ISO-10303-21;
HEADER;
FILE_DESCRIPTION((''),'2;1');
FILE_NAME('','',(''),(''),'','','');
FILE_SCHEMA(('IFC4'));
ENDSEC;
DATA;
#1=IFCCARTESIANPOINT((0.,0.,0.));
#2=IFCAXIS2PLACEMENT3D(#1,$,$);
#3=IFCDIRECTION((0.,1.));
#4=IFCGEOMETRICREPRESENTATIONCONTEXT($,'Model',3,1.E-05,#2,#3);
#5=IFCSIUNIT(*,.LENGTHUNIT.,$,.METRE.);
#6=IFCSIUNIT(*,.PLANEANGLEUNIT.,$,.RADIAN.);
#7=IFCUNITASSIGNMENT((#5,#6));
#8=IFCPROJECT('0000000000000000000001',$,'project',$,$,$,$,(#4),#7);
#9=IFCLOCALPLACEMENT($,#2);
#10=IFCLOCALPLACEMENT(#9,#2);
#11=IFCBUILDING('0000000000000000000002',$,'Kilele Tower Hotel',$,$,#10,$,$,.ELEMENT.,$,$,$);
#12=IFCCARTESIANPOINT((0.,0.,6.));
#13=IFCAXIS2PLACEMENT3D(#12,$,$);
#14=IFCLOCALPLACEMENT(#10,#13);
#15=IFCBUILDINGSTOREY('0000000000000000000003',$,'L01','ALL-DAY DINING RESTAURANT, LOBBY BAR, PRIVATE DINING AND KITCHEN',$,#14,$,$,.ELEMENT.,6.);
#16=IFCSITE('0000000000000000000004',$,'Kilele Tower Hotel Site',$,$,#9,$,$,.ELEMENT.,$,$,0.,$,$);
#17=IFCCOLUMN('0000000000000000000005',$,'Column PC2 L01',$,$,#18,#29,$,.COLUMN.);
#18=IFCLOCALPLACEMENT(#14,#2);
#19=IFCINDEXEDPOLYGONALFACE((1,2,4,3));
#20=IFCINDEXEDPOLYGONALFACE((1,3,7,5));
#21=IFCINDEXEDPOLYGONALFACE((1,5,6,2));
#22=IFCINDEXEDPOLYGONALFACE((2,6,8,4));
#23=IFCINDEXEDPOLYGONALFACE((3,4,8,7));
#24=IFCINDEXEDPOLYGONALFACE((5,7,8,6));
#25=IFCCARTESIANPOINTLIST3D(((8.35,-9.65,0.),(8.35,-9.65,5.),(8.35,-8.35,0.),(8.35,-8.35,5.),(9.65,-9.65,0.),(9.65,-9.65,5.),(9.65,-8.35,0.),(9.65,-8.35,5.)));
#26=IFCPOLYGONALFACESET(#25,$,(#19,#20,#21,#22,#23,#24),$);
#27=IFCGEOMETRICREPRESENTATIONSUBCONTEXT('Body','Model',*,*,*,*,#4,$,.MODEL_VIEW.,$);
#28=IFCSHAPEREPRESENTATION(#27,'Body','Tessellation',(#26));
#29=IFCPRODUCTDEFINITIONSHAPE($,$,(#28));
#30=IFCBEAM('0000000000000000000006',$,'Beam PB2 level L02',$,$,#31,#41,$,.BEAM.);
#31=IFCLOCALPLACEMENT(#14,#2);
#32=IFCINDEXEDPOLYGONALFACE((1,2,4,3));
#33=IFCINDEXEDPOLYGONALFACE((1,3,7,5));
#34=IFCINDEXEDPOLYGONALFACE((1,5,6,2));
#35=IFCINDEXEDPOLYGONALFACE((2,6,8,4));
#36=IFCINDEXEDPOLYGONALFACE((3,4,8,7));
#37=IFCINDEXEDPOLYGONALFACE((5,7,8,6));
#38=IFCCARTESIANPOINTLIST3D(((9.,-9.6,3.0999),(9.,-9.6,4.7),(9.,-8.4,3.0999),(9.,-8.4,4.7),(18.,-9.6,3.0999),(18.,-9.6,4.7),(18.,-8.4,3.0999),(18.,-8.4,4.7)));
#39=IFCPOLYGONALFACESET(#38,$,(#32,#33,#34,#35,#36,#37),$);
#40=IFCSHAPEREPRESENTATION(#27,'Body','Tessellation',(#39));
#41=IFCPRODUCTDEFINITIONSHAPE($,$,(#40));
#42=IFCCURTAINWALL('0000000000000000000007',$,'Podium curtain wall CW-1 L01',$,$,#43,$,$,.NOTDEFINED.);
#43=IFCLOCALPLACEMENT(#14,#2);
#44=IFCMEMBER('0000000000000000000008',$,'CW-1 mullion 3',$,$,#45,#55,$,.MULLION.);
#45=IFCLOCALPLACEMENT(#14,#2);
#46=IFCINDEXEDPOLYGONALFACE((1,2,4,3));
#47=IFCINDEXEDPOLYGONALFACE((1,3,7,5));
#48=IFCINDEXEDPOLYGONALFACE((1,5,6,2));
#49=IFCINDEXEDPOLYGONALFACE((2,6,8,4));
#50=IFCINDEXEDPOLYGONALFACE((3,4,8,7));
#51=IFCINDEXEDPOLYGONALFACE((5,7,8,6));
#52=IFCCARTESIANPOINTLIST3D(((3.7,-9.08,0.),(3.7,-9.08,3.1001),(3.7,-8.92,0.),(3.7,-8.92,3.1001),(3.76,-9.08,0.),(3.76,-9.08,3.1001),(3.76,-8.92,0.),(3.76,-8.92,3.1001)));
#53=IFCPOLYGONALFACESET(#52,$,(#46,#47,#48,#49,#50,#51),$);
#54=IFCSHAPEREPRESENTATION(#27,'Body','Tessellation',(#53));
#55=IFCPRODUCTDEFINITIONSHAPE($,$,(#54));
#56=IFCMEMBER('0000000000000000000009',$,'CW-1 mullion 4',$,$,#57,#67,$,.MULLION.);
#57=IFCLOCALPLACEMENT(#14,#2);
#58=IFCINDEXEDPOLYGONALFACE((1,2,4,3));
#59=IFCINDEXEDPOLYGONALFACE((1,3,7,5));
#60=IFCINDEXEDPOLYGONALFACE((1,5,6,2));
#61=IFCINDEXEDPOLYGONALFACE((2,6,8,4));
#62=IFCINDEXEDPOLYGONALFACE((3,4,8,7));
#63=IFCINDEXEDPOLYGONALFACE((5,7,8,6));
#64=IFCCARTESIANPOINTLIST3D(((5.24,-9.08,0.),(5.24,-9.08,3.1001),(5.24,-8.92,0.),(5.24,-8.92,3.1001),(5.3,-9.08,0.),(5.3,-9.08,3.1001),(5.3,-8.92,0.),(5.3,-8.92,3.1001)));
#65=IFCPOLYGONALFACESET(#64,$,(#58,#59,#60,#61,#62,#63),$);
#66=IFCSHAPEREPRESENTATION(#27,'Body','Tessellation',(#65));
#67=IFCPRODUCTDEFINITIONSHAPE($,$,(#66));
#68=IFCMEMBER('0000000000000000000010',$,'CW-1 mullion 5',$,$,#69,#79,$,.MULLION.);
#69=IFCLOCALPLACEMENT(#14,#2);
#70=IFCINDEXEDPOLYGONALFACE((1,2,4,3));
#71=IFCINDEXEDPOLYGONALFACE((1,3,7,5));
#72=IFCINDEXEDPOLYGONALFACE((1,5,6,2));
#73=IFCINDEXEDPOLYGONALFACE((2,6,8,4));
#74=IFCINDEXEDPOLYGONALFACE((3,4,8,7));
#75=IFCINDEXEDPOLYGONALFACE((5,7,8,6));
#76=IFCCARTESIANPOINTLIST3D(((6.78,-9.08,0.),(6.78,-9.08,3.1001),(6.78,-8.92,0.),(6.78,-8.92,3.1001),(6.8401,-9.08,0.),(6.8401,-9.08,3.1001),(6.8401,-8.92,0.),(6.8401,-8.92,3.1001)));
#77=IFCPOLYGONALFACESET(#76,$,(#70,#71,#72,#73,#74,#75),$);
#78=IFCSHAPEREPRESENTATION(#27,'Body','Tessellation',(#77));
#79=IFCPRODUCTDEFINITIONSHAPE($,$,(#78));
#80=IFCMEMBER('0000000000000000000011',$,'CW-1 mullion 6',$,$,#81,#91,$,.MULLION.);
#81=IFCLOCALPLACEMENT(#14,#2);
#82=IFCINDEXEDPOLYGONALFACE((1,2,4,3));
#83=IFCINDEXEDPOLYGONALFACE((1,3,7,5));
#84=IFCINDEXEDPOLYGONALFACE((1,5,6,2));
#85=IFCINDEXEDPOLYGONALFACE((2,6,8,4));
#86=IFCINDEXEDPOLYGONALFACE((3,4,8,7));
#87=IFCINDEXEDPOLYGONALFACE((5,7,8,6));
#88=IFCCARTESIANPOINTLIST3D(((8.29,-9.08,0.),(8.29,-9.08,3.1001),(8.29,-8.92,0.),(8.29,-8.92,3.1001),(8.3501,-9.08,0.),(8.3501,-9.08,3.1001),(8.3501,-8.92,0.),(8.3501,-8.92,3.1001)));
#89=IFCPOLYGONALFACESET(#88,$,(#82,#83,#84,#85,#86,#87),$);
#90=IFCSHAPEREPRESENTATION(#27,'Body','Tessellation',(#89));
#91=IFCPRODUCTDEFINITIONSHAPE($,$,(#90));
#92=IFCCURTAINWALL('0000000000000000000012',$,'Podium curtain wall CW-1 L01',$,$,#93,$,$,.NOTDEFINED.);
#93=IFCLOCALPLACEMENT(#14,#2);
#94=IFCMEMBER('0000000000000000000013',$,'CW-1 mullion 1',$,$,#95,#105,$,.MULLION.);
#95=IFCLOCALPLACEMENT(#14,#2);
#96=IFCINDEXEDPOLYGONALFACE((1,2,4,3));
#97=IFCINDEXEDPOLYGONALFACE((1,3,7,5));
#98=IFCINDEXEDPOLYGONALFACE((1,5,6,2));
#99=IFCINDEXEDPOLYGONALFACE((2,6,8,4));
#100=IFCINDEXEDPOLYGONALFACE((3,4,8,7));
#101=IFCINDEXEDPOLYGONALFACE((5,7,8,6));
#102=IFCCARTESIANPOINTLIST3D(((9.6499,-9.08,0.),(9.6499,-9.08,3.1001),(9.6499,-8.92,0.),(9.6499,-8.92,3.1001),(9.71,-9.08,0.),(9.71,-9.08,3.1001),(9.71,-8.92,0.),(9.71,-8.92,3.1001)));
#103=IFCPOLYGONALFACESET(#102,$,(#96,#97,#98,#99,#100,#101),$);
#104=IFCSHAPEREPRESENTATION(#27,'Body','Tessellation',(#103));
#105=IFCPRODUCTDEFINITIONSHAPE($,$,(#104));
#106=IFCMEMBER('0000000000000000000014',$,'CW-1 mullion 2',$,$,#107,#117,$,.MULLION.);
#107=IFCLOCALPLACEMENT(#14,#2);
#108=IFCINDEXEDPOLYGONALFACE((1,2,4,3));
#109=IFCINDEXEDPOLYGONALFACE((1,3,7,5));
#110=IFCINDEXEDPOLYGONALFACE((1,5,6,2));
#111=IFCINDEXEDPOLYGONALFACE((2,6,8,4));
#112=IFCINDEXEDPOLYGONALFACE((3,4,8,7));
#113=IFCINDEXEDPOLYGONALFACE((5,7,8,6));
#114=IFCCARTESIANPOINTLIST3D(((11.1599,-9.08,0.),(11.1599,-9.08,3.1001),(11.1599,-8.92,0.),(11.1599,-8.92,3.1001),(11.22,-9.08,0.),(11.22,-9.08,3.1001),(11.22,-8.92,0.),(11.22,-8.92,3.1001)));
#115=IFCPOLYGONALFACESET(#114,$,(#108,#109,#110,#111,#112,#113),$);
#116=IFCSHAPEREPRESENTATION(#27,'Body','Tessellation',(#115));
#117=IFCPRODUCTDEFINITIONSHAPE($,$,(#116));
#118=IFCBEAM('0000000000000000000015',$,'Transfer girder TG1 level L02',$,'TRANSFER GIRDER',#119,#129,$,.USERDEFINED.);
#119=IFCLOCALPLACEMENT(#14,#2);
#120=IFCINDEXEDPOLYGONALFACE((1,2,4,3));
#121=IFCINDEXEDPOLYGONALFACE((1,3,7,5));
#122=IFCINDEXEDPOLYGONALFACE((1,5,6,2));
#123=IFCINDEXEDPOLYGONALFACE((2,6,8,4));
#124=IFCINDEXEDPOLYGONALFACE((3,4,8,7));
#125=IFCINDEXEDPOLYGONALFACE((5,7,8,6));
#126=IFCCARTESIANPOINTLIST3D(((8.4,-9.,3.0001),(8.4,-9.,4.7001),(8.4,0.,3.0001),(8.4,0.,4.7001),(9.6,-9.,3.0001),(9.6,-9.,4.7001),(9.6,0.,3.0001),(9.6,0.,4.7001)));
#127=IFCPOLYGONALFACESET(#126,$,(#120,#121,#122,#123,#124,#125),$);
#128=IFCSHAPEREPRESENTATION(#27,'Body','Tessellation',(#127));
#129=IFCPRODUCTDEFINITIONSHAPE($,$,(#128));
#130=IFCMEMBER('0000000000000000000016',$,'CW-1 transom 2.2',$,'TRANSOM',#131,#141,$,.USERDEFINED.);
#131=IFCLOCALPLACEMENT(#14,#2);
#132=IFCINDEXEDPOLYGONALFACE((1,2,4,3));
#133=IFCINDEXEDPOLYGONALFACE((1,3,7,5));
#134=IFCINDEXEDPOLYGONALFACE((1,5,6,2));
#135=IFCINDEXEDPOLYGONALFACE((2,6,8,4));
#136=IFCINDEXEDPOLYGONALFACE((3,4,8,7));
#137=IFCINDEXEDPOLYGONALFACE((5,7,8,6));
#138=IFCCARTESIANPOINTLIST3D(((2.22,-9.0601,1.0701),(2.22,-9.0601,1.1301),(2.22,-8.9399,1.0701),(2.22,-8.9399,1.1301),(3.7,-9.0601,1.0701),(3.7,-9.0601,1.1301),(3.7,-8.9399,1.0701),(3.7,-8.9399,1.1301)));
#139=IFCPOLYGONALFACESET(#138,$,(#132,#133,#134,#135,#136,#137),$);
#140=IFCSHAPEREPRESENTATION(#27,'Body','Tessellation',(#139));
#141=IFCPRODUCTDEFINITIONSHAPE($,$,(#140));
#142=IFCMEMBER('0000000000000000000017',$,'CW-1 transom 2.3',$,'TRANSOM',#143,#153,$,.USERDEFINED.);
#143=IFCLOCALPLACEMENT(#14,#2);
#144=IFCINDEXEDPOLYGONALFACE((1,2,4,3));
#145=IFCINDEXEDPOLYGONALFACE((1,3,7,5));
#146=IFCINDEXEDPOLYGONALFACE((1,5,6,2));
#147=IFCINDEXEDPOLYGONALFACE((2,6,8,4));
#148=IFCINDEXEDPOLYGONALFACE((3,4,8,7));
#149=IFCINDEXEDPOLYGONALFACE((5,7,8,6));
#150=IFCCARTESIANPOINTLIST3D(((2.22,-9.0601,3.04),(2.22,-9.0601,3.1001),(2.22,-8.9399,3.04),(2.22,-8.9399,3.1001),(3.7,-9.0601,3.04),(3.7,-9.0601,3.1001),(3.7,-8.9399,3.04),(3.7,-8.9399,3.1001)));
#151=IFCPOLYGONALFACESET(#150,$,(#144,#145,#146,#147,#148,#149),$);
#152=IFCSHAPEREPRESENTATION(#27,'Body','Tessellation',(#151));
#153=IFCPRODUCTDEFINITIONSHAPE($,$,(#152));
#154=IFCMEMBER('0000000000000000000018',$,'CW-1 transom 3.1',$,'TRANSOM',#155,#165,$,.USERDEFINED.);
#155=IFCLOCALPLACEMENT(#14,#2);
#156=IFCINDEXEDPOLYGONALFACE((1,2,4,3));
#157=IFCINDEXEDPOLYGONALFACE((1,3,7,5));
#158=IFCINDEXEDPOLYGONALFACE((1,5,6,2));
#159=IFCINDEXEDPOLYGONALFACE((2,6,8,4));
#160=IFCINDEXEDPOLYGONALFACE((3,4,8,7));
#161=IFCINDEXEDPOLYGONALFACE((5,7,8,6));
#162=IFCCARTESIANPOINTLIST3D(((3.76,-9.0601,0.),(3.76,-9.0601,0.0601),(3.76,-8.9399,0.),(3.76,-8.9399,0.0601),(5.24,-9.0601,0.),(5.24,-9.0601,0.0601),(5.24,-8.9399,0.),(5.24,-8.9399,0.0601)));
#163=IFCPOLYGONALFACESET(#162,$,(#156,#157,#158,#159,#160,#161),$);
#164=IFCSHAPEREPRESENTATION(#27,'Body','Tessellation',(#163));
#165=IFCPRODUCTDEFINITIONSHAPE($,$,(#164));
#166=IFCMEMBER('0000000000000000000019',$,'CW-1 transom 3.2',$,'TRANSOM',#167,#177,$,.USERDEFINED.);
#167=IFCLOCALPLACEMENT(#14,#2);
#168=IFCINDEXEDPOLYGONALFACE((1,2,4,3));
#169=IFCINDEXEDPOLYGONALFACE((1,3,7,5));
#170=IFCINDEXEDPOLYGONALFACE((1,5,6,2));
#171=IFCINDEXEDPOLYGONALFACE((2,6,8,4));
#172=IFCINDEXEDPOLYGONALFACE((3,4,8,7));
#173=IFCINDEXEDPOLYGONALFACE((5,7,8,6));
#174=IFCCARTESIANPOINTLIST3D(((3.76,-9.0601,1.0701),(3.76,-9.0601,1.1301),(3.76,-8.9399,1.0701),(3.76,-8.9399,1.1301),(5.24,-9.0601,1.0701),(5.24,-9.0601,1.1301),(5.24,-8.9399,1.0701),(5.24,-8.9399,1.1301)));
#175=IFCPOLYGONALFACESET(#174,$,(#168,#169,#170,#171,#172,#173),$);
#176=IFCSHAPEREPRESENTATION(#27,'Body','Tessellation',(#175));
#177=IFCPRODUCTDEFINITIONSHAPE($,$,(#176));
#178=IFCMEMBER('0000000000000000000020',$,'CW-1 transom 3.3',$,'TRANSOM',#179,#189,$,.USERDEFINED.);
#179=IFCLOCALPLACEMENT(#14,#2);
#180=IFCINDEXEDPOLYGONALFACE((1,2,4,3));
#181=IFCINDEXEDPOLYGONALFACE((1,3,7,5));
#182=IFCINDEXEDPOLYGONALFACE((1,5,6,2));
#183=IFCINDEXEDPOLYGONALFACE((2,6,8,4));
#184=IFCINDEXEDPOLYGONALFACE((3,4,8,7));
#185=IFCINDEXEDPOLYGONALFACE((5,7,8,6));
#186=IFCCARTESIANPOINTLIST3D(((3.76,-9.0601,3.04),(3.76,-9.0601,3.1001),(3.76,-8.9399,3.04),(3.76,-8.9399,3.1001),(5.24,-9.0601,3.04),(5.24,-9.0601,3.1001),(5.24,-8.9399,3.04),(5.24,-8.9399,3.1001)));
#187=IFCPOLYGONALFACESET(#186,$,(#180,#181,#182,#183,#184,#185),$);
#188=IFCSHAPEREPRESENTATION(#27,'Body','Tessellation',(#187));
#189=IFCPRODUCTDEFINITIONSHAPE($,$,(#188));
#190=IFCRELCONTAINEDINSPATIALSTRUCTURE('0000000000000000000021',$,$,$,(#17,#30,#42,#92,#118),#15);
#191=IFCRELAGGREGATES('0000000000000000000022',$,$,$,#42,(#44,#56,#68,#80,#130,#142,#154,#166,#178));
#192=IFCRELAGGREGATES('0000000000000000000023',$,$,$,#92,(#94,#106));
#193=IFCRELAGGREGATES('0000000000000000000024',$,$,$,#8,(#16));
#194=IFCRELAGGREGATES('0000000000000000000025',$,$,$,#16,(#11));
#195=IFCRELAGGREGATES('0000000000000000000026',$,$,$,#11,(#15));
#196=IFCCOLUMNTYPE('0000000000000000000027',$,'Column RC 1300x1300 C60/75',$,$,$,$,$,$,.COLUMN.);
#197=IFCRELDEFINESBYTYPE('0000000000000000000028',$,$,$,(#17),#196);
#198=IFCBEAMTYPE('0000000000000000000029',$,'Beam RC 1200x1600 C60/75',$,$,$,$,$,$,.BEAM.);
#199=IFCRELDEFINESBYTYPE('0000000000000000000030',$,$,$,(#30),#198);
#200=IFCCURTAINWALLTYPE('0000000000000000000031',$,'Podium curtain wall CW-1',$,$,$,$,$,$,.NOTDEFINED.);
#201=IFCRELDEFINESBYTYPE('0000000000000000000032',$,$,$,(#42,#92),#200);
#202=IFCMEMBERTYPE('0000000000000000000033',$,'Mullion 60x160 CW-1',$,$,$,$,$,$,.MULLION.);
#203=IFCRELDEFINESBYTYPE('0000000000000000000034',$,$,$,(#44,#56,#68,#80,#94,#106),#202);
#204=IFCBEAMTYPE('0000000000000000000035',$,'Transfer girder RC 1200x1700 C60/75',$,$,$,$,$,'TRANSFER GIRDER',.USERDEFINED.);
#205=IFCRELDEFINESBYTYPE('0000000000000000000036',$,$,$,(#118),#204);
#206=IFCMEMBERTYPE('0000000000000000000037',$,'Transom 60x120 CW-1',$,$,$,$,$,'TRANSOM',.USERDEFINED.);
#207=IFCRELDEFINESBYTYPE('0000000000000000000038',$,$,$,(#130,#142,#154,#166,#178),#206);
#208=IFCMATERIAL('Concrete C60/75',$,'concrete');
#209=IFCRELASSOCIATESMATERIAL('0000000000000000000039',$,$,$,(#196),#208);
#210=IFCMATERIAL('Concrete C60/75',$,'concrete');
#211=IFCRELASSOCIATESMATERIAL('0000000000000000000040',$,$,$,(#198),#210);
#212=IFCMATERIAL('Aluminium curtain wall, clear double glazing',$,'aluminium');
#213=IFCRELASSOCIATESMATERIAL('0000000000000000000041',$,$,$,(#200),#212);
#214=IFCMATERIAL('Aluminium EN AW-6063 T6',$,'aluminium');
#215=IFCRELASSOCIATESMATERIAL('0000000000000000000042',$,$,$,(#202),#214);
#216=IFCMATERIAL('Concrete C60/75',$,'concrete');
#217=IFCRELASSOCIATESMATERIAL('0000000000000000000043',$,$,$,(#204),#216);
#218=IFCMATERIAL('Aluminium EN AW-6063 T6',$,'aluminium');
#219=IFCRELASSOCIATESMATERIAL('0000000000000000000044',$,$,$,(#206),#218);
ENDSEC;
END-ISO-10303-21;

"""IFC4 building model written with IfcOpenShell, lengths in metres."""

from ifc_helpers import new_model, si_unit, direction, frame, origin, origin_2d, place, context, subcontext, project, spatial, rectangle, extrude, material, material_profile, profile_set, type_object, element, aggregate, save


model = new_model("IFC4")

# Units and contexts
model_context = context("Model", 3, precision=1e-05, world=origin(), true_north=direction((0.0, 1.0)))
body_context = subcontext(model_context, "Body", "Model", "MODEL_VIEW")
ifc_project = project(units=[si_unit("LENGTHUNIT", "METRE"), si_unit("PLANEANGLEUNIT", "RADIAN")], contexts=[model_context])

# Site, building, storey
site_placement = place(None, origin())
site = spatial("IfcSite", under=ifc_project, at=site_placement, Name="Kilele Tower Hotel Site", CompositionType="ELEMENT", RefElevation=0.0)
building_placement = place(site_placement, origin())
building = spatial("IfcBuilding", under=site, at=building_placement, Name="Kilele Tower Hotel", CompositionType="ELEMENT")
storey_placement = place(building_placement, frame((0.0, 0.0, 6.0)))
storey = spatial("IfcBuildingStorey", under=building, at=storey_placement, Name="L01", Description="ALL-DAY DINING RESTAURANT, LOBBY BAR, PRIVATE DINING AND KITCHEN", CompositionType="ELEMENT", Elevation=6.0)

# Column
ifc_material_1 = material(Name="Concrete C60/75", Category="concrete")
ifc_material_profile_1 = material_profile(ifc_material_1, rectangle(XDim=1.3, YDim=1.3, at=origin_2d()))
ifc_profile_set_1 = profile_set([ifc_material_profile_1], Name="Concrete C60/75")
column_type = type_object("IfcColumnType", Name="Column RC 1300x1300 C60/75", PredefinedType="COLUMN", material=ifc_profile_set_1)
column_placement = place(storey_placement, frame((9.0, -9.0, 0.0), z_axis=(0.0, 0.0, 1.0), x_axis=(1.0, 0.0, 0.0)))
element("IfcColumn", 1, at=column_placement, inside=storey, type_object=column_type, Name="Column PC2 L01", PredefinedType="COLUMN", context=body_context, shape_type="SweptSolid", body=[
    extrude(rectangle(XDim=1.3, YDim=1.3, at=origin_2d()), origin(), (0.0, 0.0, 1.0), 5.0),
])

# Beam
ifc_material_2 = material(Name="Concrete C60/75", Category="concrete")
ifc_material_profile_2 = material_profile(ifc_material_2, rectangle(XDim=1.2, YDim=1.6001, at=origin_2d()))
ifc_profile_set_2 = profile_set([ifc_material_profile_2], Name="Concrete C60/75")
beam_type_1 = type_object("IfcBeamType", Name="Beam RC 1200x1600 C60/75", PredefinedType="BEAM", material=ifc_profile_set_2)
beam_1_placement = place(storey_placement, frame((9.0, -9.0, 3.8999), z_axis=(1.0, 0.0, 0.0), x_axis=(0.0, 1.0, 0.0)))
element("IfcBeam", 2, at=beam_1_placement, inside=storey, type_object=beam_type_1, Name="Beam PB2 level L02", PredefinedType="BEAM", context=body_context, shape_type="SweptSolid", body=[
    extrude(rectangle(XDim=1.2, YDim=1.6001, at=origin_2d()), origin(), (0.0, 0.0, 1.0), 9.0),
])

# Curtain walls, members
ifc_material_3 = material(Name="Aluminium curtain wall, clear double glazing", Category="aluminium")
curtain_wall_type = type_object("IfcCurtainWallType", Name="Podium curtain wall CW-1", PredefinedType="NOTDEFINED", material=ifc_material_3)
curtain_wall_1_placement = place(storey_placement, origin())
curtain_wall_1 = element("IfcCurtainWall", 3, at=curtain_wall_1_placement, inside=storey, type_object=curtain_wall_type, Name="Podium curtain wall CW-1 L01", PredefinedType="NOTDEFINED")
ifc_material_4 = material(Name="Aluminium EN AW-6063 T6", Category="aluminium")
ifc_material_profile_3 = material_profile(ifc_material_4, rectangle(XDim=0.1599, YDim=0.0601, at=origin_2d()))
ifc_profile_set_3 = profile_set([ifc_material_profile_3], Name="Aluminium EN AW-6063 T6")
member_type_1 = type_object("IfcMemberType", Name="Mullion 60x160 CW-1", PredefinedType="MULLION", material=ifc_profile_set_3)
member_1_placement = place(storey_placement, frame((3.73, -9.0, 0.0), z_axis=(0.0, 0.0, 1.0), x_axis=(0.0, 1.0, 0.0)))
member_1 = element("IfcMember", 4, at=member_1_placement, type_object=member_type_1, Name="CW-1 mullion 3", PredefinedType="MULLION", context=body_context, shape_type="SweptSolid", body=[
    extrude(rectangle(XDim=0.1599, YDim=0.0601, at=origin_2d()), origin(), (0.0, 0.0, 1.0), 3.1001),
])
member_2_placement = place(storey_placement, frame((5.27, -9.0, 0.0), z_axis=(0.0, 0.0, 1.0), x_axis=(0.0, 1.0, 0.0)))
member_2 = element("IfcMember", 5, at=member_2_placement, type_object=member_type_1, Name="CW-1 mullion 4", PredefinedType="MULLION", context=body_context, shape_type="SweptSolid", body=[
    extrude(rectangle(XDim=0.1599, YDim=0.0601, at=origin_2d()), origin(), (0.0, 0.0, 1.0), 3.1001),
])
member_3_placement = place(storey_placement, frame((6.8101, -9.0, 0.0), z_axis=(0.0, 0.0, 1.0), x_axis=(0.0, 1.0, 0.0)))
member_3 = element("IfcMember", 6, at=member_3_placement, type_object=member_type_1, Name="CW-1 mullion 5", PredefinedType="MULLION", context=body_context, shape_type="SweptSolid", body=[
    extrude(rectangle(XDim=0.1599, YDim=0.0601, at=origin_2d()), origin(), (0.0, 0.0, 1.0), 3.1001),
])
member_4_placement = place(storey_placement, frame((8.3201, -9.0, 0.0), z_axis=(0.0, 0.0, 1.0), x_axis=(0.0, 1.0, 0.0)))
member_4 = element("IfcMember", 7, at=member_4_placement, type_object=member_type_1, Name="CW-1 mullion 6", PredefinedType="MULLION", context=body_context, shape_type="SweptSolid", body=[
    extrude(rectangle(XDim=0.1599, YDim=0.0601, at=origin_2d()), origin(), (0.0, 0.0, 1.0), 3.1001),
])
curtain_wall_2_placement = place(storey_placement, origin())
curtain_wall_2 = element("IfcCurtainWall", 8, at=curtain_wall_2_placement, inside=storey, type_object=curtain_wall_type, Name="Podium curtain wall CW-1 L01", PredefinedType="NOTDEFINED")
member_5_placement = place(storey_placement, frame((9.6799, -9.0, 0.0), z_axis=(0.0, 0.0, 1.0), x_axis=(0.0, 1.0, 0.0)))
member_5 = element("IfcMember", 9, at=member_5_placement, type_object=member_type_1, Name="CW-1 mullion 1", PredefinedType="MULLION", context=body_context, shape_type="SweptSolid", body=[
    extrude(rectangle(XDim=0.1599, YDim=0.0601, at=origin_2d()), origin(), (0.0, 0.0, 1.0), 3.1001),
])
member_6_placement = place(storey_placement, frame((11.1899, -9.0, 0.0), z_axis=(0.0, 0.0, 1.0), x_axis=(0.0, 1.0, 0.0)))
member_6 = element("IfcMember", 10, at=member_6_placement, type_object=member_type_1, Name="CW-1 mullion 2", PredefinedType="MULLION", context=body_context, shape_type="SweptSolid", body=[
    extrude(rectangle(XDim=0.1599, YDim=0.0601, at=origin_2d()), origin(), (0.0, 0.0, 1.0), 3.1001),
])

# Beam
ifc_material_5 = material(Name="Concrete C60/75", Category="concrete")
ifc_material_profile_4 = material_profile(ifc_material_5, rectangle(XDim=1.2, YDim=1.7, at=origin_2d()))
ifc_profile_set_4 = profile_set([ifc_material_profile_4], Name="Concrete C60/75")
beam_type_2 = type_object("IfcBeamType", Name="Transfer girder RC 1200x1700 C60/75", ElementType="TRANSFER GIRDER", PredefinedType="USERDEFINED", material=ifc_profile_set_4)
beam_2_placement = place(storey_placement, frame((9.0, -9.0, 3.8501), z_axis=(0.0, 1.0, 0.0), x_axis=(-1.0, 0.0, 0.0)))
element("IfcBeam", 11, at=beam_2_placement, inside=storey, type_object=beam_type_2, Name="Transfer girder TG1 level L02", ObjectType="TRANSFER GIRDER", PredefinedType="USERDEFINED", context=body_context, shape_type="SweptSolid", body=[
    extrude(rectangle(XDim=1.2, YDim=1.7, at=origin_2d()), origin(), (0.0, 0.0, 1.0), 9.0),
])

# Members
ifc_material_6 = material(Name="Aluminium EN AW-6063 T6", Category="aluminium")
ifc_material_profile_5 = material_profile(ifc_material_6, rectangle(XDim=0.1201, YDim=0.0601, at=origin_2d()))
ifc_profile_set_5 = profile_set([ifc_material_profile_5], Name="Aluminium EN AW-6063 T6")
member_type_2 = type_object("IfcMemberType", Name="Transom 60x120 CW-1", ElementType="TRANSOM", PredefinedType="USERDEFINED", material=ifc_profile_set_5)
member_7_placement = place(storey_placement, frame((2.22, -9.0, 1.1001), z_axis=(1.0, 0.0, 0.0), x_axis=(0.0, 1.0, 0.0)))
member_7 = element("IfcMember", 12, at=member_7_placement, type_object=member_type_2, Name="CW-1 transom 2.2", ObjectType="TRANSOM", PredefinedType="USERDEFINED", context=body_context, shape_type="SweptSolid", body=[
    extrude(rectangle(XDim=0.1201, YDim=0.0601, at=origin_2d()), origin(), (0.0, 0.0, 1.0), 1.48),
])
member_8_placement = place(storey_placement, frame((2.22, -9.0, 3.0701), z_axis=(1.0, 0.0, 0.0), x_axis=(0.0, 1.0, 0.0)))
member_8 = element("IfcMember", 13, at=member_8_placement, type_object=member_type_2, Name="CW-1 transom 2.3", ObjectType="TRANSOM", PredefinedType="USERDEFINED", context=body_context, shape_type="SweptSolid", body=[
    extrude(rectangle(XDim=0.1201, YDim=0.0601, at=origin_2d()), origin(), (0.0, 0.0, 1.0), 1.48),
])
member_9_placement = place(storey_placement, frame((3.76, -9.0, 0.03), z_axis=(1.0, 0.0, 0.0), x_axis=(0.0, 1.0, 0.0)))
member_9 = element("IfcMember", 14, at=member_9_placement, type_object=member_type_2, Name="CW-1 transom 3.1", ObjectType="TRANSOM", PredefinedType="USERDEFINED", context=body_context, shape_type="SweptSolid", body=[
    extrude(rectangle(XDim=0.1201, YDim=0.0601, at=origin_2d()), origin(), (0.0, 0.0, 1.0), 1.48),
])
member_10_placement = place(storey_placement, frame((3.76, -9.0, 1.1001), z_axis=(1.0, 0.0, 0.0), x_axis=(0.0, 1.0, 0.0)))
member_10 = element("IfcMember", 15, at=member_10_placement, type_object=member_type_2, Name="CW-1 transom 3.2", ObjectType="TRANSOM", PredefinedType="USERDEFINED", context=body_context, shape_type="SweptSolid", body=[
    extrude(rectangle(XDim=0.1201, YDim=0.0601, at=origin_2d()), origin(), (0.0, 0.0, 1.0), 1.48),
])
member_11_placement = place(storey_placement, frame((3.76, -9.0, 3.0701), z_axis=(1.0, 0.0, 0.0), x_axis=(0.0, 1.0, 0.0)))
member_11 = element("IfcMember", 16, at=member_11_placement, type_object=member_type_2, Name="CW-1 transom 3.3", ObjectType="TRANSOM", PredefinedType="USERDEFINED", context=body_context, shape_type="SweptSolid", body=[
    extrude(rectangle(XDim=0.1201, YDim=0.0601, at=origin_2d()), origin(), (0.0, 0.0, 1.0), 1.48),
])

aggregate(curtain_wall_1, [member_1, member_2, member_3, member_4, member_7, member_8, member_9, member_10, member_11])
aggregate(curtain_wall_2, [member_5, member_6])

save(model, "model.ifc")
